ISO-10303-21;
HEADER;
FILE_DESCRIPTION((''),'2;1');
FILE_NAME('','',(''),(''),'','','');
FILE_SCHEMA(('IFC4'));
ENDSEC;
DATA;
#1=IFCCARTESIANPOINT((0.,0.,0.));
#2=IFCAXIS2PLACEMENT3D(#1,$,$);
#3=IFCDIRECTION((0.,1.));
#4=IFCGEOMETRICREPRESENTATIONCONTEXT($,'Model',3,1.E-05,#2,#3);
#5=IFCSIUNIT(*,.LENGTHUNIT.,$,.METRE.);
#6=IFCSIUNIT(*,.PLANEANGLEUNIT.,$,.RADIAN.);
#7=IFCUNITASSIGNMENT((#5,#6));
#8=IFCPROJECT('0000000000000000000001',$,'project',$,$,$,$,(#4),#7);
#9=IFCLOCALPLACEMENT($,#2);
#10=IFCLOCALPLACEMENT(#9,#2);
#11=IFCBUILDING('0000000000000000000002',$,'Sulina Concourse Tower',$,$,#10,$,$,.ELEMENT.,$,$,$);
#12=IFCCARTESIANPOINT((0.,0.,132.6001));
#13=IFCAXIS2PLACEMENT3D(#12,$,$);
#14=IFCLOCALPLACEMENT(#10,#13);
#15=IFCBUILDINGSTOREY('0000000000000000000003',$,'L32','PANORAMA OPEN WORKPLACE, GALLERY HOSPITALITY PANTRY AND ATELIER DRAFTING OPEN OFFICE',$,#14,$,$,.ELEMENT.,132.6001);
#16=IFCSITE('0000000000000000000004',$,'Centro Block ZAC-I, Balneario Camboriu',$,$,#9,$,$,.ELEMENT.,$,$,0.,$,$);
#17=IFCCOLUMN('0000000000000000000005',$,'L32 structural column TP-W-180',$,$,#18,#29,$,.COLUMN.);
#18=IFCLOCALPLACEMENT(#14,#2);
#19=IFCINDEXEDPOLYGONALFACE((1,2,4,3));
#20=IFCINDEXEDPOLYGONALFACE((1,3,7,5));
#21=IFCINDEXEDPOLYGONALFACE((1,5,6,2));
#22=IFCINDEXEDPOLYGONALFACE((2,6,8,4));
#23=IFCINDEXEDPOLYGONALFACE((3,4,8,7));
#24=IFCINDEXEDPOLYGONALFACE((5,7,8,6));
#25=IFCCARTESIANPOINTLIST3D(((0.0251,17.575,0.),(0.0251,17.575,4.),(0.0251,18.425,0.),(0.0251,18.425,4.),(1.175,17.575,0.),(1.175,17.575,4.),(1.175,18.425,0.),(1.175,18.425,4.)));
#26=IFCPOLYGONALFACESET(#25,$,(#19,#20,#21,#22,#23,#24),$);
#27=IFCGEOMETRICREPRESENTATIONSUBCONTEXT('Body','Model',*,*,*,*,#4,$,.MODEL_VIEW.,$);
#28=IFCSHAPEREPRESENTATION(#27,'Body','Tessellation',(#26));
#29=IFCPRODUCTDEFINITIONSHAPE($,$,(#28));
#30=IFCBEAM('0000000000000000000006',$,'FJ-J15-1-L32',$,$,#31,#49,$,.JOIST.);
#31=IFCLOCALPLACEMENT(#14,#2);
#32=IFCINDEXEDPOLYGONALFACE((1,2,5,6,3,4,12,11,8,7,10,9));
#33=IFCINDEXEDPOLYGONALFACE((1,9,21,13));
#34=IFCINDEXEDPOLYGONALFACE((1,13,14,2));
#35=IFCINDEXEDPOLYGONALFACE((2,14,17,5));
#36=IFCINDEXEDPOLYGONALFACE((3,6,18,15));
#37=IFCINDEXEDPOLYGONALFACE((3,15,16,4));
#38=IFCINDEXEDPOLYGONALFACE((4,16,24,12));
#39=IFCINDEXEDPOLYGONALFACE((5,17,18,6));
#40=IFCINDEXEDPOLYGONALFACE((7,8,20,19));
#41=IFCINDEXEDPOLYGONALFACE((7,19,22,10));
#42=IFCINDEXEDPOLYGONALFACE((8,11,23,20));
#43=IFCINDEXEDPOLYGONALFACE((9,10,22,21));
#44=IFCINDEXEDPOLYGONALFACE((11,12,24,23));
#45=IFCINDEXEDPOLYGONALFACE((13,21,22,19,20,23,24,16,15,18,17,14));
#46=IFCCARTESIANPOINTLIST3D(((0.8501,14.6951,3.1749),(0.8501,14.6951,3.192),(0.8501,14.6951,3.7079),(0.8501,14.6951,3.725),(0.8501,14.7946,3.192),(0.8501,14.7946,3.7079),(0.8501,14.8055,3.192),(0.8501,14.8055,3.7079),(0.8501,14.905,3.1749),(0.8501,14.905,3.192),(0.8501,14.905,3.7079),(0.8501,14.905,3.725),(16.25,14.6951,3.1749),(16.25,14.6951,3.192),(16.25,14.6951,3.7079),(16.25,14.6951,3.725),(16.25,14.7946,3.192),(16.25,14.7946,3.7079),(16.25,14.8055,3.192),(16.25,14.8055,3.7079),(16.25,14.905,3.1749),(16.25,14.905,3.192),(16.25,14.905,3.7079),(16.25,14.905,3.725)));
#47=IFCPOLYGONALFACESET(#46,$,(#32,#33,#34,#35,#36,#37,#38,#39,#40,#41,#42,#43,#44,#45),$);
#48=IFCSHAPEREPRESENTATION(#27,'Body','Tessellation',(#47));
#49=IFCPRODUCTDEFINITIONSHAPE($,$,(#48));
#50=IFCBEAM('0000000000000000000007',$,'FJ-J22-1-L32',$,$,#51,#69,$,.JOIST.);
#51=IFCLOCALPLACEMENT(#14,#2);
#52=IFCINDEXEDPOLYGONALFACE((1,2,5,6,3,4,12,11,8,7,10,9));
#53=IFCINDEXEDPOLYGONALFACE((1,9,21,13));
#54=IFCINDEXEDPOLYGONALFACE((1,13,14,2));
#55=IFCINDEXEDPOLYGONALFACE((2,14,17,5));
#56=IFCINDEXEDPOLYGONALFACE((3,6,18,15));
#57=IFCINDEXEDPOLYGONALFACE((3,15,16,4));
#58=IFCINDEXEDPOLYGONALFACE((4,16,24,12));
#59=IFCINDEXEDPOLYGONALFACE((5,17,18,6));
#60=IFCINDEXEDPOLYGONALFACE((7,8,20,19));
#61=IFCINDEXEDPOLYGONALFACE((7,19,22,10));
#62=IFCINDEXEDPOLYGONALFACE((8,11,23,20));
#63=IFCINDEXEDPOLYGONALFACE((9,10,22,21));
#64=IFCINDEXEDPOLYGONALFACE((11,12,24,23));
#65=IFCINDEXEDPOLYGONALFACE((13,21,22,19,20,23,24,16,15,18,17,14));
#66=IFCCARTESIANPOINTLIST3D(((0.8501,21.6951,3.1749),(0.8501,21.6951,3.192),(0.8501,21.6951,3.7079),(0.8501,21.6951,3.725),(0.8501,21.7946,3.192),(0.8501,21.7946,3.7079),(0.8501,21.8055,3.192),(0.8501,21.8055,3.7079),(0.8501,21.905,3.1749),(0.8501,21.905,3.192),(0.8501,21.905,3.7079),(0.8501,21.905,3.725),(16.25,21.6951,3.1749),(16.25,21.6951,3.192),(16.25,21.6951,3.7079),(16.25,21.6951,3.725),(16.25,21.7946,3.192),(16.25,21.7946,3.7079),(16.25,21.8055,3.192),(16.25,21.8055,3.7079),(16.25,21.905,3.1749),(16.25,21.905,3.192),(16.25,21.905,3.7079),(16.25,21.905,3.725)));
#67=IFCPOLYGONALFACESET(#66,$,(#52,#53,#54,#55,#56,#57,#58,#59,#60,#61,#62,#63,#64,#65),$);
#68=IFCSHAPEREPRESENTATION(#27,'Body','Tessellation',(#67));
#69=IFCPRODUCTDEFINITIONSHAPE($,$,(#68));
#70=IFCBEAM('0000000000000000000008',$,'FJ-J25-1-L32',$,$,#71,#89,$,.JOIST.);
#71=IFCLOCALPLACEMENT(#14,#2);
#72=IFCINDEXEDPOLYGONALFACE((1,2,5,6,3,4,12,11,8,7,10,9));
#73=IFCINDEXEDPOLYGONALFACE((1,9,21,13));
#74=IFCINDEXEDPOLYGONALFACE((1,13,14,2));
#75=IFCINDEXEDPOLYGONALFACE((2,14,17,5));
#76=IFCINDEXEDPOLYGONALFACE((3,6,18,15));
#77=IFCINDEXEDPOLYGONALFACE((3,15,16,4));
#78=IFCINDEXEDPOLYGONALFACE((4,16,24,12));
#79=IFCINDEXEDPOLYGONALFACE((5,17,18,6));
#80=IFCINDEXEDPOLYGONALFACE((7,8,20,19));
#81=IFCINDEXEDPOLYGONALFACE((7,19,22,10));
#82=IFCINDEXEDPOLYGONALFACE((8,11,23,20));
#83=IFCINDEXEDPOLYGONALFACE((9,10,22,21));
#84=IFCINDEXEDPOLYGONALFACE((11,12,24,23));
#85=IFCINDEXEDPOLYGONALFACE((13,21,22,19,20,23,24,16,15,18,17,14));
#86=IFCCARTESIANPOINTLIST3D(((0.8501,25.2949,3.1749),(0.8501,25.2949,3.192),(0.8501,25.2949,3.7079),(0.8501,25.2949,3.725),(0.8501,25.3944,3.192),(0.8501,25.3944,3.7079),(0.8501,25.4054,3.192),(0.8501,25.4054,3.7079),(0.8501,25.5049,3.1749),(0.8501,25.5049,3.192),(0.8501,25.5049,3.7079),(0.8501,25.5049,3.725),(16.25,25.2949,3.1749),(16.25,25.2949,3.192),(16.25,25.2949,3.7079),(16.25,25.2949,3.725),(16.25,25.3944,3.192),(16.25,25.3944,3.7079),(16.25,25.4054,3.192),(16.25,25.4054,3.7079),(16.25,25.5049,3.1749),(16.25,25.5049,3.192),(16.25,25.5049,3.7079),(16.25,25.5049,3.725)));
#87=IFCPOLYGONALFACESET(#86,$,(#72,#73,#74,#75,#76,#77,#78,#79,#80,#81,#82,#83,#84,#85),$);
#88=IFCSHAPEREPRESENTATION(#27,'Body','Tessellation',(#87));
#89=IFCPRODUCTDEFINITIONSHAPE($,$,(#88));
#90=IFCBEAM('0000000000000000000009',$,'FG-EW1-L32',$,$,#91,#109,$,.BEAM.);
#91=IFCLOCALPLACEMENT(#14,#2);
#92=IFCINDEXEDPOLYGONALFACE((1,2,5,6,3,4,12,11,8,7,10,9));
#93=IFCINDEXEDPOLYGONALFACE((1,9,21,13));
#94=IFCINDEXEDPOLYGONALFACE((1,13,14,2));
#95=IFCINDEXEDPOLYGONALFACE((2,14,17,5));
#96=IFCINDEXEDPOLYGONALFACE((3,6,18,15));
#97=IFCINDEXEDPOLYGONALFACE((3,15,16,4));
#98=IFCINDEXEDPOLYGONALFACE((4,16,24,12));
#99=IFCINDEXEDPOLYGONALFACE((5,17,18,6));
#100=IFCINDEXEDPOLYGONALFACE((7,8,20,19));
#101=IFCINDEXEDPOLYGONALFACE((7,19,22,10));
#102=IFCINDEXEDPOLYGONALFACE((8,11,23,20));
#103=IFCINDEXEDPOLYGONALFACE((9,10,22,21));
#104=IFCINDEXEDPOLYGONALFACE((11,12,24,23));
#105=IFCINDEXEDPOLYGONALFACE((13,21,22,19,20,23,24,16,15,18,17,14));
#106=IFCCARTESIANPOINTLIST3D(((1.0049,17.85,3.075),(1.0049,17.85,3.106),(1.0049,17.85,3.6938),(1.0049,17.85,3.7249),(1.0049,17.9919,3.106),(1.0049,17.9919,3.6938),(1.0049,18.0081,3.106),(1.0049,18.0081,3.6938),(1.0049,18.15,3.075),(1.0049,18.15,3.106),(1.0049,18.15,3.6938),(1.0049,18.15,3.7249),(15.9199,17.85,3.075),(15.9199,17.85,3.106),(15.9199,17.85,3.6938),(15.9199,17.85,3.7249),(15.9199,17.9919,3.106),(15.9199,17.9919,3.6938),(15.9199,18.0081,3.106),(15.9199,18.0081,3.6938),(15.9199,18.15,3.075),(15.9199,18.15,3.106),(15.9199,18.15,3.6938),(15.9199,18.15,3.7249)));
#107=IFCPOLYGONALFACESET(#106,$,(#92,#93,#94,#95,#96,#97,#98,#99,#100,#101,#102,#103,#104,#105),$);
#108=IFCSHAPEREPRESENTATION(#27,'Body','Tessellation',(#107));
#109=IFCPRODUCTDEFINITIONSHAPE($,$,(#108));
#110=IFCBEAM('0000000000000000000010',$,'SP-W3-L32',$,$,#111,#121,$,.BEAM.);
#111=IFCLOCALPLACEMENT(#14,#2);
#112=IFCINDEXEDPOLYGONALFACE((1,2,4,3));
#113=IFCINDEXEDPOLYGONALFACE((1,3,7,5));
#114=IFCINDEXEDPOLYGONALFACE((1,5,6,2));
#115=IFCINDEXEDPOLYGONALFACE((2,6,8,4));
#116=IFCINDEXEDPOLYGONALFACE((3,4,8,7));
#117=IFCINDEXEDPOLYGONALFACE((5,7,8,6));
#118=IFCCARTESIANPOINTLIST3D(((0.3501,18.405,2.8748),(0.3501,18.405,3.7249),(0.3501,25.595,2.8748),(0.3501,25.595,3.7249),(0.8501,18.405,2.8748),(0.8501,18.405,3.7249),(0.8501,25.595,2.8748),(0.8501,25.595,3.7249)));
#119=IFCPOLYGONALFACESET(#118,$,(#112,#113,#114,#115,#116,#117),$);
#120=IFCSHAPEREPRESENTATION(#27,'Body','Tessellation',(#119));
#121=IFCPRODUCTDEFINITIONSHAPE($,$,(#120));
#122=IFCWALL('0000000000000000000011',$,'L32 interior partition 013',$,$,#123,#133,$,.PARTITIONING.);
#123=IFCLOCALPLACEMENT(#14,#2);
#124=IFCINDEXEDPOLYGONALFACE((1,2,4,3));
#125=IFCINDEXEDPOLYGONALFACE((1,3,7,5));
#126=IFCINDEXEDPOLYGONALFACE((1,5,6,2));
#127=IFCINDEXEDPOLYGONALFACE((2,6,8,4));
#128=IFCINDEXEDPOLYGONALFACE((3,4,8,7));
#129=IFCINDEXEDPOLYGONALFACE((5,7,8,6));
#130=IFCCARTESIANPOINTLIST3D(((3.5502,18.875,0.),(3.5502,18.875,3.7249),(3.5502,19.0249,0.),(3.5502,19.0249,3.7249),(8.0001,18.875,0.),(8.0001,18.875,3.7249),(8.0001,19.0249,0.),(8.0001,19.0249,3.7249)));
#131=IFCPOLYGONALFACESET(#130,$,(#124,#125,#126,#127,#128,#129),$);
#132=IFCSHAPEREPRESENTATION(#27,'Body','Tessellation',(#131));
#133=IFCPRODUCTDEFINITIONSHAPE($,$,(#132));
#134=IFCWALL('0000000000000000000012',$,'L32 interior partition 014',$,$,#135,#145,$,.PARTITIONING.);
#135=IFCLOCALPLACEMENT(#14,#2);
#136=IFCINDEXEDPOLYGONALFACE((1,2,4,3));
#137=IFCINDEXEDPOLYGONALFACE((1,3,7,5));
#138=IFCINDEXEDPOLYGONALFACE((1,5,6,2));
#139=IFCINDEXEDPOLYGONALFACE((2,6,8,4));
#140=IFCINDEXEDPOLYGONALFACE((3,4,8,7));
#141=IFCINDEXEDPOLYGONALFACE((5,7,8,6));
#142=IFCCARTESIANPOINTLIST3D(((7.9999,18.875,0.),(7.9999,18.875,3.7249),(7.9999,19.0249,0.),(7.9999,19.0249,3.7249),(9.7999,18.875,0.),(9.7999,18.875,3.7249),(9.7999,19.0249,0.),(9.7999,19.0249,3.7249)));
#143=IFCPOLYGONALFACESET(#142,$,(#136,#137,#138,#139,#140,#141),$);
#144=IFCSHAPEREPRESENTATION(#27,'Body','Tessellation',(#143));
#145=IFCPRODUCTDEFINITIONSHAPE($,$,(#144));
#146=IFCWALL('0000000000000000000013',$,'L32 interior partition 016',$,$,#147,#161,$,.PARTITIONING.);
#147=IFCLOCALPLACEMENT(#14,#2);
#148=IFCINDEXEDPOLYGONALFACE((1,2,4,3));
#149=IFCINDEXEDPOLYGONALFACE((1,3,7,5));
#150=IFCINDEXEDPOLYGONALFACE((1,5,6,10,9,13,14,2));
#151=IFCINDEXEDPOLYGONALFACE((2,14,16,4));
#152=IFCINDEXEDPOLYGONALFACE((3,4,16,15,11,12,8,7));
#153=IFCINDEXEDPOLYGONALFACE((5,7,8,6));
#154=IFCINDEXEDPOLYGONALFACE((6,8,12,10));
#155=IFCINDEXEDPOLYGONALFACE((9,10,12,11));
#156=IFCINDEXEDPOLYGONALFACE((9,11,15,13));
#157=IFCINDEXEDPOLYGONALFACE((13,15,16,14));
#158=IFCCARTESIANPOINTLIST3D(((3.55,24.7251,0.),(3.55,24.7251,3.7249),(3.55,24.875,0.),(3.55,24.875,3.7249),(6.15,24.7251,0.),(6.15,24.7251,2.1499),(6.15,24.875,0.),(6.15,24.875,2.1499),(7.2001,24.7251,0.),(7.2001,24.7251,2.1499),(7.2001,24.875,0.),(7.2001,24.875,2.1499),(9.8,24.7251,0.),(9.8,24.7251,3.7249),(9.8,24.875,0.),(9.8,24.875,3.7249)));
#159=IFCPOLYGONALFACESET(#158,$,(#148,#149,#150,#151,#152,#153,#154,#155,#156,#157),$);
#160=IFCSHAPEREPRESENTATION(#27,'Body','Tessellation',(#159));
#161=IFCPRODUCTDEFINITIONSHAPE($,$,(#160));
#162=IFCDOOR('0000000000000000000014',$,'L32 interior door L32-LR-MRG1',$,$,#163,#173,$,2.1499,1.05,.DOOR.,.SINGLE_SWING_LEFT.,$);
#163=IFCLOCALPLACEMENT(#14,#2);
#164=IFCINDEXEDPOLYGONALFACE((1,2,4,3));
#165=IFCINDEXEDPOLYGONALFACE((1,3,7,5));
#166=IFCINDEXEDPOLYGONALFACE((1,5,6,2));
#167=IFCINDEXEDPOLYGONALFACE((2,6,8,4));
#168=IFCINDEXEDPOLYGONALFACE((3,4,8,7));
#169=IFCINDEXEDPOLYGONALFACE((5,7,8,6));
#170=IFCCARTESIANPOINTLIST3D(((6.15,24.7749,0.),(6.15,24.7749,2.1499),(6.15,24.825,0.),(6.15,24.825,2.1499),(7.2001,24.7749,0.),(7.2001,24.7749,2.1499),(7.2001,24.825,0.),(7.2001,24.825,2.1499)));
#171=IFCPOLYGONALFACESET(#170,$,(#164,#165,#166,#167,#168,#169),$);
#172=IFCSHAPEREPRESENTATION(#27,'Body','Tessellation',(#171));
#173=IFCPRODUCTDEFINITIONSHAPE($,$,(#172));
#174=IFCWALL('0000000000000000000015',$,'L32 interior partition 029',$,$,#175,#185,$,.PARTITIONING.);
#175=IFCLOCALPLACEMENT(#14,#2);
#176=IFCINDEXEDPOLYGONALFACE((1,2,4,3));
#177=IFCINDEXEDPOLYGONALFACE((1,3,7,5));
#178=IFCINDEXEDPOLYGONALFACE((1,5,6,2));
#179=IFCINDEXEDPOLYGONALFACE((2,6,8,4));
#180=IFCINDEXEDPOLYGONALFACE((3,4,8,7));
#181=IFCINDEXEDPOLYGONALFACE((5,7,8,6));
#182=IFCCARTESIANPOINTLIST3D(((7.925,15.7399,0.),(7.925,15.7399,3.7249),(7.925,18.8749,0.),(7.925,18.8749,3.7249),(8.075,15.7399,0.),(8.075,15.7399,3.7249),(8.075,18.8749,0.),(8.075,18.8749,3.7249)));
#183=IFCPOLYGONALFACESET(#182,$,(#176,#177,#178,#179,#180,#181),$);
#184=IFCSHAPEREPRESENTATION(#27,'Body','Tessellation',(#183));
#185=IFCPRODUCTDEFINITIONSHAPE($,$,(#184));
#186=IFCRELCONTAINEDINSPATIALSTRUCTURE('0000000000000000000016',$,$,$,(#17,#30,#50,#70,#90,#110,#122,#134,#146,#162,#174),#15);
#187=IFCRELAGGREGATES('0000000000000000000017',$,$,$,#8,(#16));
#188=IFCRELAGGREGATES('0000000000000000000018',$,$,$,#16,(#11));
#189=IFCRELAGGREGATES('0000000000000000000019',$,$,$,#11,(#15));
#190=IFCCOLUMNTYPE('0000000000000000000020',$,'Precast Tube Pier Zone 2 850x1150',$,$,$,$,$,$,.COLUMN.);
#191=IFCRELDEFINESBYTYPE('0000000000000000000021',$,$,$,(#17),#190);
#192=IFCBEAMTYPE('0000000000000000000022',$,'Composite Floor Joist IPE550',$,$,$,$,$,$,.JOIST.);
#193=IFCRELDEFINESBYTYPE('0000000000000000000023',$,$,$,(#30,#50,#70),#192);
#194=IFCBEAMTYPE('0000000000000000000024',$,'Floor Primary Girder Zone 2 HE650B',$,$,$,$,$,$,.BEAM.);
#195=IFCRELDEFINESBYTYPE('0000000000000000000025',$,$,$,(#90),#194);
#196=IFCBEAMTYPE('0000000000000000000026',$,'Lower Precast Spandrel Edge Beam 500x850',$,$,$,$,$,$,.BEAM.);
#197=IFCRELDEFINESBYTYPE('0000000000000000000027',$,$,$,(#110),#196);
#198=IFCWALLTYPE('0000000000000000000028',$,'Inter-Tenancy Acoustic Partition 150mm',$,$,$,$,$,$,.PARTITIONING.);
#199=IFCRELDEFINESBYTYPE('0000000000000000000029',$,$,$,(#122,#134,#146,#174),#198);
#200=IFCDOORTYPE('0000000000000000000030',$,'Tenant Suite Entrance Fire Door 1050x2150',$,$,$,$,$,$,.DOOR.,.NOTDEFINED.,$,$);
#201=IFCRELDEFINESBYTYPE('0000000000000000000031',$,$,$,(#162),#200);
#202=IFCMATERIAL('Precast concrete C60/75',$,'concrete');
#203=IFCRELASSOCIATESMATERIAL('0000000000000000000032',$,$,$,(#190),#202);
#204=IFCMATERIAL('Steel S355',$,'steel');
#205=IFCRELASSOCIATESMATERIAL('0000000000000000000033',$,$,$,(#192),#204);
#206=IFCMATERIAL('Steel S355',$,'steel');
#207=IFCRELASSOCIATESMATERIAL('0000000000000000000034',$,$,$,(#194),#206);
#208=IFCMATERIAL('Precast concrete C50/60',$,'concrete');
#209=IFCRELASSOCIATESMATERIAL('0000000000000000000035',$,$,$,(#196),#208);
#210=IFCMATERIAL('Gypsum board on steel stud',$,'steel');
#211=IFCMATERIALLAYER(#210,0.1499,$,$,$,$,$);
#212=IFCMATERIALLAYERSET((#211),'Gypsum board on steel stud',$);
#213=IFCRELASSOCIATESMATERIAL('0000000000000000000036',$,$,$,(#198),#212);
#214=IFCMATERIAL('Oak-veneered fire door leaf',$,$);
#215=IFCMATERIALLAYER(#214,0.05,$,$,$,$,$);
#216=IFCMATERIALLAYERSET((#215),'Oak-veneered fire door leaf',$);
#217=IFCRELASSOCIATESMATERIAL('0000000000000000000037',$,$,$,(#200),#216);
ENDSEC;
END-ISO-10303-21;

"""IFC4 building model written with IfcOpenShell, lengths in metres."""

from ifc_helpers import new_model, si_unit, direction, frame, frame_2d, origin, origin_2d, place, context, subcontext, project, spatial, rectangle, i_section, extrude, material, layer, layer_set, material_profile, profile_set, type_object, element, fill, save


model = new_model("IFC4")

# Units and contexts
model_context = context("Model", 3, precision=1e-05, world=origin(), true_north=direction((0.0, 1.0)))
body_context = subcontext(model_context, "Body", "Model", "MODEL_VIEW")
ifc_project = project(units=[si_unit("LENGTHUNIT", "METRE"), si_unit("PLANEANGLEUNIT", "RADIAN")], contexts=[model_context])

# Site, building, storey
site_placement = place(None, origin())
site = spatial("IfcSite", under=ifc_project, at=site_placement, Name="Centro Block ZAC-I, Balneario Camboriu", CompositionType="ELEMENT", RefElevation=0.0)
building_placement = place(site_placement, origin())
building = spatial("IfcBuilding", under=site, at=building_placement, Name="Sulina Concourse Tower", CompositionType="ELEMENT")
storey_placement = place(building_placement, frame((0.0, 0.0, 132.6001)))
storey = spatial("IfcBuildingStorey", under=building, at=storey_placement, Name="L32", Description="PANORAMA OPEN WORKPLACE, GALLERY HOSPITALITY PANTRY AND ATELIER DRAFTING OPEN OFFICE", CompositionType="ELEMENT", Elevation=132.6001)

# Column
ifc_material_1 = material(Name="Precast concrete C60/75", Category="concrete")
ifc_material_profile_1 = material_profile(ifc_material_1, rectangle(XDim=0.8501, YDim=1.1499, at=origin_2d()), Name="PC 850x1150")
ifc_profile_set_1 = profile_set([ifc_material_profile_1], Name="Precast concrete C60/75")
column_type = type_object("IfcColumnType", Name="Precast Tube Pier Zone 2 850x1150", PredefinedType="COLUMN", material=ifc_profile_set_1)
column_placement = place(storey_placement, frame((0.6001, 18.0, 0.0), z_axis=(0.0, 0.0, 1.0), x_axis=(0.0, 1.0, 0.0)))
element("IfcColumn", 1, at=column_placement, inside=storey, type_object=column_type, Name="L32 structural column TP-W-180", PredefinedType="COLUMN", context=body_context, shape_type="SweptSolid", body=[
    extrude(rectangle(XDim=0.8501, YDim=1.1499, at=origin_2d()), origin(), (0.0, 0.0, 1.0), 4.0),
])

# Beams
ifc_material_2 = material(Name="Steel S355", Category="steel")
ifc_material_profile_2 = material_profile(ifc_material_2, i_section(OverallWidth=0.21, OverallDepth=0.55, WebThickness=0.011, FlangeThickness=0.0171, at=origin_2d()), Name="IPE 550")
ifc_profile_set_2 = profile_set([ifc_material_profile_2], Name="Steel S355")
beam_type_1 = type_object("IfcBeamType", Name="Composite Floor Joist IPE550", PredefinedType="JOIST", material=ifc_profile_set_2)
for number, where, z_axis, x_axis, name in (
    (2, (0.8501, 14.8, 3.45), (1.0, 0.0, 0.0), (0.0, 1.0, 0.0), "FJ-J15-1-L32"),
    (3, (0.8501, 21.8, 3.45), (1.0, 0.0, 0.0), (0.0, 1.0, 0.0), "FJ-J22-1-L32"),
    (4, (0.8501, 25.3999, 3.45), (1.0, 0.0, 0.0), (0.0, 1.0, 0.0), "FJ-J25-1-L32"),
):
    element("IfcBeam", number, at=place(storey_placement, frame(where, z_axis=z_axis, x_axis=x_axis)), inside=storey, type_object=beam_type_1, Name=name, PredefinedType="JOIST", context=body_context, shape_type="SweptSolid", body=[
        extrude(i_section(OverallWidth=0.21, OverallDepth=0.55, WebThickness=0.011, FlangeThickness=0.0171, at=origin_2d()), origin(), (0.0, 0.0, 1.0), 15.3999),
    ])
ifc_material_3 = material(Name="Steel S355", Category="steel")
ifc_material_profile_3 = material_profile(ifc_material_3, i_section(OverallWidth=0.3, OverallDepth=0.6499, WebThickness=0.0161, FlangeThickness=0.031, at=origin_2d()), Name="HE 650 B")
ifc_profile_set_3 = profile_set([ifc_material_profile_3], Name="Steel S355")
beam_type_2 = type_object("IfcBeamType", Name="Floor Primary Girder Zone 2 HE650B", PredefinedType="BEAM", material=ifc_profile_set_3)
beam_1_placement = place(storey_placement, frame((1.0049, 18.0, 3.3999), z_axis=(1.0, 0.0, 0.0), x_axis=(0.0, 1.0, 0.0)))
element("IfcBeam", 5, at=beam_1_placement, inside=storey, type_object=beam_type_2, Name="FG-EW1-L32", PredefinedType="BEAM", context=body_context, shape_type="SweptSolid", body=[
    extrude(i_section(OverallWidth=0.3, OverallDepth=0.6499, WebThickness=0.0161, FlangeThickness=0.031, at=origin_2d()), origin(), (0.0, 0.0, 1.0), 14.915),
])
ifc_material_4 = material(Name="Precast concrete C50/60", Category="concrete")
ifc_material_profile_4 = material_profile(ifc_material_4, rectangle(XDim=0.5, YDim=0.8501, at=origin_2d()), Name="RC 500x850")
ifc_profile_set_4 = profile_set([ifc_material_profile_4], Name="Precast concrete C50/60")
beam_type_3 = type_object("IfcBeamType", Name="Lower Precast Spandrel Edge Beam 500x850", PredefinedType="BEAM", material=ifc_profile_set_4)
beam_2_placement = place(storey_placement, frame((0.6001, 18.405, 3.2998), z_axis=(0.0, 1.0, 0.0), x_axis=(-1.0, 0.0, 0.0)))
element("IfcBeam", 6, at=beam_2_placement, inside=storey, type_object=beam_type_3, Name="SP-W3-L32", PredefinedType="BEAM", context=body_context, shape_type="SweptSolid", body=[
    extrude(rectangle(XDim=0.5, YDim=0.8501, at=origin_2d()), origin(), (0.0, 0.0, 1.0), 7.1899),
])

# Walls
ifc_material_5 = material(Name="Gypsum board on steel stud", Category="steel")
ifc_layer_1 = layer(ifc_material_5, 0.1499)
ifc_layer_set_1 = layer_set([ifc_layer_1], Name="Gypsum board on steel stud")
wall_type_1 = type_object("IfcWallType", Name="Inter-Tenancy Acoustic Partition 150mm", PredefinedType="PARTITIONING", material=ifc_layer_set_1)
wall_1_placement = place(storey_placement, frame((3.55, 18.95, 0.0), z_axis=(0.0, 0.0, 1.0), x_axis=(1.0, 0.0, 0.0)))
element("IfcWall", 7, at=wall_1_placement, inside=storey, type_object=wall_type_1, Name="L32 interior partition 013", PredefinedType="PARTITIONING", context=body_context, shape_type="SweptSolid", body=[
    extrude(rectangle(XDim=4.45, YDim=0.1499, at=frame_2d((2.2251, 0.0))), origin(), (0.0, 0.0, 1.0), 3.7249),
])
wall_2_placement = place(storey_placement, frame((8.0, 18.95, 0.0), z_axis=(0.0, 0.0, 1.0), x_axis=(1.0, 0.0, 0.0)))
element("IfcWall", 8, at=wall_2_placement, inside=storey, type_object=wall_type_1, Name="L32 interior partition 014", PredefinedType="PARTITIONING", context=body_context, shape_type="SweptSolid", body=[
    extrude(rectangle(XDim=1.8, YDim=0.1499, at=frame_2d((0.8999, 0.0))), origin(), (0.0, 0.0, 1.0), 3.7249),
])

# Wall, opening, door
wall_3_placement = place(storey_placement, frame((3.55, 24.8, 0.0), z_axis=(0.0, 0.0, 1.0), x_axis=(1.0, 0.0, 0.0)))
wall_3 = element("IfcWall", 9, at=wall_3_placement, inside=storey, type_object=wall_type_1, Name="L32 interior partition 016", PredefinedType="PARTITIONING", context=body_context, shape_type="SweptSolid", body=[
    extrude(rectangle(XDim=6.25, YDim=0.1499, at=frame_2d((3.125, 0.0))), origin(), (0.0, 0.0, 1.0), 3.7249),
])
opening_1_placement = place(wall_3_placement, frame((2.6001, 0.0, 0.0)))
opening_1 = element("IfcOpeningElement", 10, at=opening_1_placement, cuts=wall_3, PredefinedType="OPENING", context=body_context, shape_type="SweptSolid", body=[
    extrude(rectangle(XDim=1.05, YDim=2.1499, at=frame_2d((0.5249, 1.075))), frame((0.0, 0.085, 0.0), z_axis=(0.0, -1.0, 0.0), x_axis=(1.0, 0.0, 0.0)), (0.0, 0.0, 1.0), 0.1699),
])
ifc_material_6 = material(Name="Oak-veneered fire door leaf")
ifc_layer_2 = layer(ifc_material_6, 0.05)
ifc_layer_set_2 = layer_set([ifc_layer_2], Name="Oak-veneered fire door leaf")
door_type_1 = type_object("IfcDoorType", Name="Tenant Suite Entrance Fire Door 1050x2150", OperationType="NOTDEFINED", PredefinedType="DOOR", material=ifc_layer_set_2)
door_1_placement = place(opening_1_placement, origin())
door_1 = element("IfcDoor", 11, at=door_1_placement, inside=storey, type_object=door_type_1, Name="L32 interior door L32-LR-MRG1", OperationType="SINGLE_SWING_LEFT", OverallHeight=2.1499, OverallWidth=1.05, PredefinedType="DOOR", context=body_context, shape_type="SweptSolid", body=[
    extrude(rectangle(XDim=1.05, YDim=2.1499, at=frame_2d((0.5249, 1.075))), frame((0.0, 0.0249, 0.0), z_axis=(0.0, -1.0, 0.0), x_axis=(1.0, 0.0, 0.0)), (0.0, 0.0, 1.0), 0.05),
])
fill(opening_1, door_1)

# Wall
wall_4_placement = place(storey_placement, frame((8.0, 15.74, 0.0), z_axis=(0.0, 0.0, 1.0), x_axis=(0.0, 1.0, 0.0)))
element("IfcWall", 12, at=wall_4_placement, inside=storey, type_object=wall_type_1, Name="L32 interior partition 029", PredefinedType="PARTITIONING", context=body_context, shape_type="SweptSolid", body=[
    extrude(rectangle(XDim=3.135, YDim=0.1499, at=frame_2d((1.5674, 0.0))), origin(), (0.0, 0.0, 1.0), 3.7249),
])

save(model, "model.ifc")
